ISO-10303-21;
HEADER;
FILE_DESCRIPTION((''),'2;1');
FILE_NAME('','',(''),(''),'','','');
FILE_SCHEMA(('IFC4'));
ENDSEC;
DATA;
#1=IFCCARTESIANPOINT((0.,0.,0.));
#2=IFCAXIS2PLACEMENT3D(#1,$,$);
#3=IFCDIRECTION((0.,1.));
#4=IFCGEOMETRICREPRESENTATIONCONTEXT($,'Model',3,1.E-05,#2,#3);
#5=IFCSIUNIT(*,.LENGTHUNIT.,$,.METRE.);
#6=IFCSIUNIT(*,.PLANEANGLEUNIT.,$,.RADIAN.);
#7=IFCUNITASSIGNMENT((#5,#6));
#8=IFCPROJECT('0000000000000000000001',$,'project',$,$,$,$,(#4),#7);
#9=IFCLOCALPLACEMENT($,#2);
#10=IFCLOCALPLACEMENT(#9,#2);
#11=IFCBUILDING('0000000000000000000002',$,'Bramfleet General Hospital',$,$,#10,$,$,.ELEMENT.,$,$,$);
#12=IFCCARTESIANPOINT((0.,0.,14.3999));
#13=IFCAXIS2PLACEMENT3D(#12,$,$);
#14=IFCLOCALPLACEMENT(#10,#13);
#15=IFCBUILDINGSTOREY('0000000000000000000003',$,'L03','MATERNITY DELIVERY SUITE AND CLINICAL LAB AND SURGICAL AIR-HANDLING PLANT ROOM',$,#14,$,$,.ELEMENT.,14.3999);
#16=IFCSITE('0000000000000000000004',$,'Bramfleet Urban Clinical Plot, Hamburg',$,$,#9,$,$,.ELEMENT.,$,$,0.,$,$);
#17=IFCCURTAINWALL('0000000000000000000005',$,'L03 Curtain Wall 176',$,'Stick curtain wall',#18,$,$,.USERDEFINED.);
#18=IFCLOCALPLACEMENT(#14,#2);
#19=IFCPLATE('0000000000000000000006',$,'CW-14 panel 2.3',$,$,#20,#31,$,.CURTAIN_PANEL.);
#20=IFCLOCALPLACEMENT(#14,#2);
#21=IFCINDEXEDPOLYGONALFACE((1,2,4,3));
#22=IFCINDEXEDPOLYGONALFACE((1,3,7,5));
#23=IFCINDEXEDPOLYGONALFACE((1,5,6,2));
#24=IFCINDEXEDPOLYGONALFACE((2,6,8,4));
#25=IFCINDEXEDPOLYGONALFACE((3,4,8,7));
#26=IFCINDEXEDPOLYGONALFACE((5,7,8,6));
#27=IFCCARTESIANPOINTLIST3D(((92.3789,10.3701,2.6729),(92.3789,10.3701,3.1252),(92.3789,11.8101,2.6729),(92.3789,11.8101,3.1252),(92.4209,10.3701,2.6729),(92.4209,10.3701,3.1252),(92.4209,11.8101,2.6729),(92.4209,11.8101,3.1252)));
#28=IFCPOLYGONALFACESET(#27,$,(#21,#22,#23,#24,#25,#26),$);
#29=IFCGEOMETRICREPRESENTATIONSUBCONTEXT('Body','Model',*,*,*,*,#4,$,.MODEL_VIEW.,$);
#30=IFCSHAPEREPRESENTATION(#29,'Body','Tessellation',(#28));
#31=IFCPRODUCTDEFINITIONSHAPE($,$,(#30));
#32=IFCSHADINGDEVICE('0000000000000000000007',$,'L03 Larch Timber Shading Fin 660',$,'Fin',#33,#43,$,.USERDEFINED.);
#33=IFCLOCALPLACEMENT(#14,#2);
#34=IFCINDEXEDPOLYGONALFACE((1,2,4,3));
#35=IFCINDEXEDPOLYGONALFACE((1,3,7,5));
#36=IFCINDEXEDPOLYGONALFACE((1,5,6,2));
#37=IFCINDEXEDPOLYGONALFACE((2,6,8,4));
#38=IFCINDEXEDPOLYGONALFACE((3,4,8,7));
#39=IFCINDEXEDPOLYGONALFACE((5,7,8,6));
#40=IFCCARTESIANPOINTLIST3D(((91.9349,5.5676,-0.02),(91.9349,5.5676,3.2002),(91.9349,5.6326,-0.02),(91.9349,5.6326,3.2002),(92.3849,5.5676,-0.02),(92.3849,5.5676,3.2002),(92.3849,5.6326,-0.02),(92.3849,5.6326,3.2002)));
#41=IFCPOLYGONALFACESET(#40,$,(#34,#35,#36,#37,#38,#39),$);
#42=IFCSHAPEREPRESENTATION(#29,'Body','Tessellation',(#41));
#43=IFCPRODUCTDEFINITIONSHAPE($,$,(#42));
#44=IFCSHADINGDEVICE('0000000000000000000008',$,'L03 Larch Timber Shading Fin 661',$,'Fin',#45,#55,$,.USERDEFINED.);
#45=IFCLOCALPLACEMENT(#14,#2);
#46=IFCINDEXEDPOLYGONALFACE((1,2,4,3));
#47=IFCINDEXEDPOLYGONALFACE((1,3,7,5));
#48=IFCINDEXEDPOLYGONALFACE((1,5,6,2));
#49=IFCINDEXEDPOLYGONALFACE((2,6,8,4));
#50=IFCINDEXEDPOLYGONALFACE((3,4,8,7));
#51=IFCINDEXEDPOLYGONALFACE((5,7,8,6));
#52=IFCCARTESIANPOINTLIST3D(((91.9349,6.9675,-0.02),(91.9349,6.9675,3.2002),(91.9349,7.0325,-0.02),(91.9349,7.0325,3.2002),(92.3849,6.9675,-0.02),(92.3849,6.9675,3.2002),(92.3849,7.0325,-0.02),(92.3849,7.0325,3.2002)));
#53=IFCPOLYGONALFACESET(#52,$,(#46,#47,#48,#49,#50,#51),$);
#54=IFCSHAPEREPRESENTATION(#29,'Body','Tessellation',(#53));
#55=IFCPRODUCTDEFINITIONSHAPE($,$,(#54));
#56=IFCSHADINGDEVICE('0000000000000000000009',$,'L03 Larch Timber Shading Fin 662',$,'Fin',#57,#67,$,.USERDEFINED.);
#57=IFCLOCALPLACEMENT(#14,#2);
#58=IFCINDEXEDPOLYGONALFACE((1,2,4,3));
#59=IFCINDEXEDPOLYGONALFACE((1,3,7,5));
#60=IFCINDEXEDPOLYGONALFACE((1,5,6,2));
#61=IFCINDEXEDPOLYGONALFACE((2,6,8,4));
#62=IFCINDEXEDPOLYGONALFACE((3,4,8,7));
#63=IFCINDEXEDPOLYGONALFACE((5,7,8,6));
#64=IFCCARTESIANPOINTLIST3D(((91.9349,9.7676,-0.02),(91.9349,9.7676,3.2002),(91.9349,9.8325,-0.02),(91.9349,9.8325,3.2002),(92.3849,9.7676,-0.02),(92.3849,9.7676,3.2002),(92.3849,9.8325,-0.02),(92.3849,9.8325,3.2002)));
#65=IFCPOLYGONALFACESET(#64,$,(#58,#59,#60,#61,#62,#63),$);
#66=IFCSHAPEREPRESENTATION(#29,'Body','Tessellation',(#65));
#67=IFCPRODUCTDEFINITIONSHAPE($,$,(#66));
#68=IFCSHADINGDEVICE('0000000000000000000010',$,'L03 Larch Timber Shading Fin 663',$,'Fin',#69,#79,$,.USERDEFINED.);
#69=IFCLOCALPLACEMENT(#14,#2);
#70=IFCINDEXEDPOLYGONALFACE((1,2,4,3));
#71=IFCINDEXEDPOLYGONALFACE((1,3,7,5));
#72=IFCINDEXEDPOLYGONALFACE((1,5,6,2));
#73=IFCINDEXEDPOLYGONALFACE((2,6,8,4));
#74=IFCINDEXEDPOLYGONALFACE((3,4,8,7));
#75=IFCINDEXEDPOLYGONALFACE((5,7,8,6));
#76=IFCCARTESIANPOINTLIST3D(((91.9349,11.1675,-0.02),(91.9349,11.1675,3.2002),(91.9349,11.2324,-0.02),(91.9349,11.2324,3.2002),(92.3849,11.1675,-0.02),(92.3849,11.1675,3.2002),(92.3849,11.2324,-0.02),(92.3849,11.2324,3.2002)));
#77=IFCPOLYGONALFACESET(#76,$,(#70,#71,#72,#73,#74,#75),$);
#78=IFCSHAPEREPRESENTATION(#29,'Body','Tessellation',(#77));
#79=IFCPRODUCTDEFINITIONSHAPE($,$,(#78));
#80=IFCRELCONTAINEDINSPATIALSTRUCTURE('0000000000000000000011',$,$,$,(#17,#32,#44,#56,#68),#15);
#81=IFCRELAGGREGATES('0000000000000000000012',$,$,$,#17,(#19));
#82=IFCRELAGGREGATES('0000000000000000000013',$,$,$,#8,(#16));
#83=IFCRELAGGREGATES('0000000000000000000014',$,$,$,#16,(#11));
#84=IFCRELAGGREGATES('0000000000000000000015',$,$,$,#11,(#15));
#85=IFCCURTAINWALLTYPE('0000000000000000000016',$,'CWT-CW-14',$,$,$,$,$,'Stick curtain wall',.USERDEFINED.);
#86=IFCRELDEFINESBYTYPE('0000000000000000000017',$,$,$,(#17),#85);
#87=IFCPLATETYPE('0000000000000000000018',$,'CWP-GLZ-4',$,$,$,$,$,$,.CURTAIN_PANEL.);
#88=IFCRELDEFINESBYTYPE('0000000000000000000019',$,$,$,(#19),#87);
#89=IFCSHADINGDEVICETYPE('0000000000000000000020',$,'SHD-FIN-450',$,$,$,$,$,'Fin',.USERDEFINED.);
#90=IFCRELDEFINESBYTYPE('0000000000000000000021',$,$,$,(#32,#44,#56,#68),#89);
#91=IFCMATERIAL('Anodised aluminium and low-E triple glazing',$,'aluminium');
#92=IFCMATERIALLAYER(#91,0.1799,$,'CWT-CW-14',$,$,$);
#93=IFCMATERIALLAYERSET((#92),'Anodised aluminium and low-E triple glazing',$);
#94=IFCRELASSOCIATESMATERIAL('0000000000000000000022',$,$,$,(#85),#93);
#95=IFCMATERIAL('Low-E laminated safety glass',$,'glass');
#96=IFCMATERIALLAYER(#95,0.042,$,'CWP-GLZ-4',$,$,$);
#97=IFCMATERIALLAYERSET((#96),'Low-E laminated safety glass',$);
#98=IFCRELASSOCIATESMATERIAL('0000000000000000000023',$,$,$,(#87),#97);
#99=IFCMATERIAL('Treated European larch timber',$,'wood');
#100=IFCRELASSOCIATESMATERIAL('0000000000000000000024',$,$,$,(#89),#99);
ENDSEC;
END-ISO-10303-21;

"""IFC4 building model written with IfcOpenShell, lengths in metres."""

from ifc_helpers import new_model, si_unit, direction, frame, origin, origin_2d, place, context, subcontext, project, spatial, rectangle, extrude, material, layer, layer_set, material_profile, profile_set, type_object, element, aggregate, save


model = new_model("IFC4")

# Units and contexts
model_context = context("Model", 3, precision=1e-05, world=origin(), true_north=direction((0.0, 1.0)))
body_context = subcontext(model_context, "Body", "Model", "MODEL_VIEW")
ifc_project = project(units=[si_unit("LENGTHUNIT", "METRE"), si_unit("PLANEANGLEUNIT", "RADIAN")], contexts=[model_context])

# Site, building, storey
site_placement = place(None, origin())
site = spatial("IfcSite", under=ifc_project, at=site_placement, Name="Bramfleet Urban Clinical Plot, Hamburg", CompositionType="ELEMENT", RefElevation=0.0)
building_placement = place(site_placement, origin())
building = spatial("IfcBuilding", under=site, at=building_placement, Name="Bramfleet General Hospital", CompositionType="ELEMENT")
storey_placement = place(building_placement, frame((0.0, 0.0, 14.3999)))
storey = spatial("IfcBuildingStorey", under=building, at=storey_placement, Name="L03", Description="MATERNITY DELIVERY SUITE AND CLINICAL LAB AND SURGICAL AIR-HANDLING PLANT ROOM", CompositionType="ELEMENT", Elevation=14.3999)

# Curtain wall
ifc_material_1 = material(Name="Anodised aluminium and low-E triple glazing", Category="aluminium")
ifc_layer_1 = layer(ifc_material_1, 0.1799, Name="CWT-CW-14")
ifc_layer_set_1 = layer_set([ifc_layer_1], Name="Anodised aluminium and low-E triple glazing")
curtain_wall_type_1 = type_object("IfcCurtainWallType", Name="CWT-CW-14", ElementType="Stick curtain wall", PredefinedType="USERDEFINED", material=ifc_layer_set_1)
curtain_wall_1_placement = place(storey_placement, origin())
curtain_wall_1 = element("IfcCurtainWall", 1, at=curtain_wall_1_placement, inside=storey, type_object=curtain_wall_type_1, Name="L03 Curtain Wall 176", ObjectType="Stick curtain wall", PredefinedType="USERDEFINED")

# Plate
ifc_material_2 = material(Name="Low-E laminated safety glass", Category="glass")
ifc_layer_2 = layer(ifc_material_2, 0.042, Name="CWP-GLZ-4")
ifc_layer_set_2 = layer_set([ifc_layer_2], Name="Low-E laminated safety glass")
plate_type_1 = type_object("IfcPlateType", Name="CWP-GLZ-4", PredefinedType="CURTAIN_PANEL", material=ifc_layer_set_2)
plate_1_placement = place(storey_placement, frame((92.3999, 11.0901, 2.6729), z_axis=(0.0, 0.0, 1.0), x_axis=(0.0, 1.0, 0.0)))
plate_1 = element("IfcPlate", 2, at=plate_1_placement, type_object=plate_type_1, Name="CW-14 panel 2.3", PredefinedType="CURTAIN_PANEL", context=body_context, shape_type="SweptSolid", body=[
    extrude(rectangle(XDim=1.4399, YDim=0.042, at=origin_2d()), origin(), (0.0, 0.0, 1.0), 0.4524),
])
aggregate(curtain_wall_1, [plate_1])

# Shading devices
ifc_material_3 = material(Name="Treated European larch timber", Category="wood")
ifc_material_profile_1 = material_profile(ifc_material_3, rectangle(XDim=0.0649, YDim=0.45, at=origin_2d()), Name="LARCH FIN 450x65")
ifc_profile_set_1 = profile_set([ifc_material_profile_1], Name="Treated European larch timber")
shading_device_type = type_object("IfcShadingDeviceType", Name="SHD-FIN-450", ElementType="Fin", PredefinedType="USERDEFINED", material=ifc_profile_set_1)
for number, where, z_axis, x_axis, name in (
    (3, (92.1599, 5.6001, -0.02), (0.0, 0.0, 1.0), (0.0, 1.0, 0.0), "L03 Larch Timber Shading Fin 660"),
    (4, (92.1599, 7.0, -0.02), (0.0, 0.0, 1.0), (0.0, 1.0, 0.0), "L03 Larch Timber Shading Fin 661"),
    (5, (92.1599, 9.8, -0.02), (0.0, 0.0, 1.0), (0.0, 1.0, 0.0), "L03 Larch Timber Shading Fin 662"),
    (6, (92.1599, 11.2, -0.02), (0.0, 0.0, 1.0), (0.0, 1.0, 0.0), "L03 Larch Timber Shading Fin 663"),
):
    element("IfcShadingDevice", number, at=place(storey_placement, frame(where, z_axis=z_axis, x_axis=x_axis)), inside=storey, type_object=shading_device_type, Name=name, ObjectType="Fin", PredefinedType="USERDEFINED", context=body_context, shape_type="SweptSolid", body=[
        extrude(rectangle(XDim=0.0649, YDim=0.45, at=origin_2d()), origin(), (0.0, 0.0, 1.0), 3.2202),
    ])

save(model, "model.ifc")
